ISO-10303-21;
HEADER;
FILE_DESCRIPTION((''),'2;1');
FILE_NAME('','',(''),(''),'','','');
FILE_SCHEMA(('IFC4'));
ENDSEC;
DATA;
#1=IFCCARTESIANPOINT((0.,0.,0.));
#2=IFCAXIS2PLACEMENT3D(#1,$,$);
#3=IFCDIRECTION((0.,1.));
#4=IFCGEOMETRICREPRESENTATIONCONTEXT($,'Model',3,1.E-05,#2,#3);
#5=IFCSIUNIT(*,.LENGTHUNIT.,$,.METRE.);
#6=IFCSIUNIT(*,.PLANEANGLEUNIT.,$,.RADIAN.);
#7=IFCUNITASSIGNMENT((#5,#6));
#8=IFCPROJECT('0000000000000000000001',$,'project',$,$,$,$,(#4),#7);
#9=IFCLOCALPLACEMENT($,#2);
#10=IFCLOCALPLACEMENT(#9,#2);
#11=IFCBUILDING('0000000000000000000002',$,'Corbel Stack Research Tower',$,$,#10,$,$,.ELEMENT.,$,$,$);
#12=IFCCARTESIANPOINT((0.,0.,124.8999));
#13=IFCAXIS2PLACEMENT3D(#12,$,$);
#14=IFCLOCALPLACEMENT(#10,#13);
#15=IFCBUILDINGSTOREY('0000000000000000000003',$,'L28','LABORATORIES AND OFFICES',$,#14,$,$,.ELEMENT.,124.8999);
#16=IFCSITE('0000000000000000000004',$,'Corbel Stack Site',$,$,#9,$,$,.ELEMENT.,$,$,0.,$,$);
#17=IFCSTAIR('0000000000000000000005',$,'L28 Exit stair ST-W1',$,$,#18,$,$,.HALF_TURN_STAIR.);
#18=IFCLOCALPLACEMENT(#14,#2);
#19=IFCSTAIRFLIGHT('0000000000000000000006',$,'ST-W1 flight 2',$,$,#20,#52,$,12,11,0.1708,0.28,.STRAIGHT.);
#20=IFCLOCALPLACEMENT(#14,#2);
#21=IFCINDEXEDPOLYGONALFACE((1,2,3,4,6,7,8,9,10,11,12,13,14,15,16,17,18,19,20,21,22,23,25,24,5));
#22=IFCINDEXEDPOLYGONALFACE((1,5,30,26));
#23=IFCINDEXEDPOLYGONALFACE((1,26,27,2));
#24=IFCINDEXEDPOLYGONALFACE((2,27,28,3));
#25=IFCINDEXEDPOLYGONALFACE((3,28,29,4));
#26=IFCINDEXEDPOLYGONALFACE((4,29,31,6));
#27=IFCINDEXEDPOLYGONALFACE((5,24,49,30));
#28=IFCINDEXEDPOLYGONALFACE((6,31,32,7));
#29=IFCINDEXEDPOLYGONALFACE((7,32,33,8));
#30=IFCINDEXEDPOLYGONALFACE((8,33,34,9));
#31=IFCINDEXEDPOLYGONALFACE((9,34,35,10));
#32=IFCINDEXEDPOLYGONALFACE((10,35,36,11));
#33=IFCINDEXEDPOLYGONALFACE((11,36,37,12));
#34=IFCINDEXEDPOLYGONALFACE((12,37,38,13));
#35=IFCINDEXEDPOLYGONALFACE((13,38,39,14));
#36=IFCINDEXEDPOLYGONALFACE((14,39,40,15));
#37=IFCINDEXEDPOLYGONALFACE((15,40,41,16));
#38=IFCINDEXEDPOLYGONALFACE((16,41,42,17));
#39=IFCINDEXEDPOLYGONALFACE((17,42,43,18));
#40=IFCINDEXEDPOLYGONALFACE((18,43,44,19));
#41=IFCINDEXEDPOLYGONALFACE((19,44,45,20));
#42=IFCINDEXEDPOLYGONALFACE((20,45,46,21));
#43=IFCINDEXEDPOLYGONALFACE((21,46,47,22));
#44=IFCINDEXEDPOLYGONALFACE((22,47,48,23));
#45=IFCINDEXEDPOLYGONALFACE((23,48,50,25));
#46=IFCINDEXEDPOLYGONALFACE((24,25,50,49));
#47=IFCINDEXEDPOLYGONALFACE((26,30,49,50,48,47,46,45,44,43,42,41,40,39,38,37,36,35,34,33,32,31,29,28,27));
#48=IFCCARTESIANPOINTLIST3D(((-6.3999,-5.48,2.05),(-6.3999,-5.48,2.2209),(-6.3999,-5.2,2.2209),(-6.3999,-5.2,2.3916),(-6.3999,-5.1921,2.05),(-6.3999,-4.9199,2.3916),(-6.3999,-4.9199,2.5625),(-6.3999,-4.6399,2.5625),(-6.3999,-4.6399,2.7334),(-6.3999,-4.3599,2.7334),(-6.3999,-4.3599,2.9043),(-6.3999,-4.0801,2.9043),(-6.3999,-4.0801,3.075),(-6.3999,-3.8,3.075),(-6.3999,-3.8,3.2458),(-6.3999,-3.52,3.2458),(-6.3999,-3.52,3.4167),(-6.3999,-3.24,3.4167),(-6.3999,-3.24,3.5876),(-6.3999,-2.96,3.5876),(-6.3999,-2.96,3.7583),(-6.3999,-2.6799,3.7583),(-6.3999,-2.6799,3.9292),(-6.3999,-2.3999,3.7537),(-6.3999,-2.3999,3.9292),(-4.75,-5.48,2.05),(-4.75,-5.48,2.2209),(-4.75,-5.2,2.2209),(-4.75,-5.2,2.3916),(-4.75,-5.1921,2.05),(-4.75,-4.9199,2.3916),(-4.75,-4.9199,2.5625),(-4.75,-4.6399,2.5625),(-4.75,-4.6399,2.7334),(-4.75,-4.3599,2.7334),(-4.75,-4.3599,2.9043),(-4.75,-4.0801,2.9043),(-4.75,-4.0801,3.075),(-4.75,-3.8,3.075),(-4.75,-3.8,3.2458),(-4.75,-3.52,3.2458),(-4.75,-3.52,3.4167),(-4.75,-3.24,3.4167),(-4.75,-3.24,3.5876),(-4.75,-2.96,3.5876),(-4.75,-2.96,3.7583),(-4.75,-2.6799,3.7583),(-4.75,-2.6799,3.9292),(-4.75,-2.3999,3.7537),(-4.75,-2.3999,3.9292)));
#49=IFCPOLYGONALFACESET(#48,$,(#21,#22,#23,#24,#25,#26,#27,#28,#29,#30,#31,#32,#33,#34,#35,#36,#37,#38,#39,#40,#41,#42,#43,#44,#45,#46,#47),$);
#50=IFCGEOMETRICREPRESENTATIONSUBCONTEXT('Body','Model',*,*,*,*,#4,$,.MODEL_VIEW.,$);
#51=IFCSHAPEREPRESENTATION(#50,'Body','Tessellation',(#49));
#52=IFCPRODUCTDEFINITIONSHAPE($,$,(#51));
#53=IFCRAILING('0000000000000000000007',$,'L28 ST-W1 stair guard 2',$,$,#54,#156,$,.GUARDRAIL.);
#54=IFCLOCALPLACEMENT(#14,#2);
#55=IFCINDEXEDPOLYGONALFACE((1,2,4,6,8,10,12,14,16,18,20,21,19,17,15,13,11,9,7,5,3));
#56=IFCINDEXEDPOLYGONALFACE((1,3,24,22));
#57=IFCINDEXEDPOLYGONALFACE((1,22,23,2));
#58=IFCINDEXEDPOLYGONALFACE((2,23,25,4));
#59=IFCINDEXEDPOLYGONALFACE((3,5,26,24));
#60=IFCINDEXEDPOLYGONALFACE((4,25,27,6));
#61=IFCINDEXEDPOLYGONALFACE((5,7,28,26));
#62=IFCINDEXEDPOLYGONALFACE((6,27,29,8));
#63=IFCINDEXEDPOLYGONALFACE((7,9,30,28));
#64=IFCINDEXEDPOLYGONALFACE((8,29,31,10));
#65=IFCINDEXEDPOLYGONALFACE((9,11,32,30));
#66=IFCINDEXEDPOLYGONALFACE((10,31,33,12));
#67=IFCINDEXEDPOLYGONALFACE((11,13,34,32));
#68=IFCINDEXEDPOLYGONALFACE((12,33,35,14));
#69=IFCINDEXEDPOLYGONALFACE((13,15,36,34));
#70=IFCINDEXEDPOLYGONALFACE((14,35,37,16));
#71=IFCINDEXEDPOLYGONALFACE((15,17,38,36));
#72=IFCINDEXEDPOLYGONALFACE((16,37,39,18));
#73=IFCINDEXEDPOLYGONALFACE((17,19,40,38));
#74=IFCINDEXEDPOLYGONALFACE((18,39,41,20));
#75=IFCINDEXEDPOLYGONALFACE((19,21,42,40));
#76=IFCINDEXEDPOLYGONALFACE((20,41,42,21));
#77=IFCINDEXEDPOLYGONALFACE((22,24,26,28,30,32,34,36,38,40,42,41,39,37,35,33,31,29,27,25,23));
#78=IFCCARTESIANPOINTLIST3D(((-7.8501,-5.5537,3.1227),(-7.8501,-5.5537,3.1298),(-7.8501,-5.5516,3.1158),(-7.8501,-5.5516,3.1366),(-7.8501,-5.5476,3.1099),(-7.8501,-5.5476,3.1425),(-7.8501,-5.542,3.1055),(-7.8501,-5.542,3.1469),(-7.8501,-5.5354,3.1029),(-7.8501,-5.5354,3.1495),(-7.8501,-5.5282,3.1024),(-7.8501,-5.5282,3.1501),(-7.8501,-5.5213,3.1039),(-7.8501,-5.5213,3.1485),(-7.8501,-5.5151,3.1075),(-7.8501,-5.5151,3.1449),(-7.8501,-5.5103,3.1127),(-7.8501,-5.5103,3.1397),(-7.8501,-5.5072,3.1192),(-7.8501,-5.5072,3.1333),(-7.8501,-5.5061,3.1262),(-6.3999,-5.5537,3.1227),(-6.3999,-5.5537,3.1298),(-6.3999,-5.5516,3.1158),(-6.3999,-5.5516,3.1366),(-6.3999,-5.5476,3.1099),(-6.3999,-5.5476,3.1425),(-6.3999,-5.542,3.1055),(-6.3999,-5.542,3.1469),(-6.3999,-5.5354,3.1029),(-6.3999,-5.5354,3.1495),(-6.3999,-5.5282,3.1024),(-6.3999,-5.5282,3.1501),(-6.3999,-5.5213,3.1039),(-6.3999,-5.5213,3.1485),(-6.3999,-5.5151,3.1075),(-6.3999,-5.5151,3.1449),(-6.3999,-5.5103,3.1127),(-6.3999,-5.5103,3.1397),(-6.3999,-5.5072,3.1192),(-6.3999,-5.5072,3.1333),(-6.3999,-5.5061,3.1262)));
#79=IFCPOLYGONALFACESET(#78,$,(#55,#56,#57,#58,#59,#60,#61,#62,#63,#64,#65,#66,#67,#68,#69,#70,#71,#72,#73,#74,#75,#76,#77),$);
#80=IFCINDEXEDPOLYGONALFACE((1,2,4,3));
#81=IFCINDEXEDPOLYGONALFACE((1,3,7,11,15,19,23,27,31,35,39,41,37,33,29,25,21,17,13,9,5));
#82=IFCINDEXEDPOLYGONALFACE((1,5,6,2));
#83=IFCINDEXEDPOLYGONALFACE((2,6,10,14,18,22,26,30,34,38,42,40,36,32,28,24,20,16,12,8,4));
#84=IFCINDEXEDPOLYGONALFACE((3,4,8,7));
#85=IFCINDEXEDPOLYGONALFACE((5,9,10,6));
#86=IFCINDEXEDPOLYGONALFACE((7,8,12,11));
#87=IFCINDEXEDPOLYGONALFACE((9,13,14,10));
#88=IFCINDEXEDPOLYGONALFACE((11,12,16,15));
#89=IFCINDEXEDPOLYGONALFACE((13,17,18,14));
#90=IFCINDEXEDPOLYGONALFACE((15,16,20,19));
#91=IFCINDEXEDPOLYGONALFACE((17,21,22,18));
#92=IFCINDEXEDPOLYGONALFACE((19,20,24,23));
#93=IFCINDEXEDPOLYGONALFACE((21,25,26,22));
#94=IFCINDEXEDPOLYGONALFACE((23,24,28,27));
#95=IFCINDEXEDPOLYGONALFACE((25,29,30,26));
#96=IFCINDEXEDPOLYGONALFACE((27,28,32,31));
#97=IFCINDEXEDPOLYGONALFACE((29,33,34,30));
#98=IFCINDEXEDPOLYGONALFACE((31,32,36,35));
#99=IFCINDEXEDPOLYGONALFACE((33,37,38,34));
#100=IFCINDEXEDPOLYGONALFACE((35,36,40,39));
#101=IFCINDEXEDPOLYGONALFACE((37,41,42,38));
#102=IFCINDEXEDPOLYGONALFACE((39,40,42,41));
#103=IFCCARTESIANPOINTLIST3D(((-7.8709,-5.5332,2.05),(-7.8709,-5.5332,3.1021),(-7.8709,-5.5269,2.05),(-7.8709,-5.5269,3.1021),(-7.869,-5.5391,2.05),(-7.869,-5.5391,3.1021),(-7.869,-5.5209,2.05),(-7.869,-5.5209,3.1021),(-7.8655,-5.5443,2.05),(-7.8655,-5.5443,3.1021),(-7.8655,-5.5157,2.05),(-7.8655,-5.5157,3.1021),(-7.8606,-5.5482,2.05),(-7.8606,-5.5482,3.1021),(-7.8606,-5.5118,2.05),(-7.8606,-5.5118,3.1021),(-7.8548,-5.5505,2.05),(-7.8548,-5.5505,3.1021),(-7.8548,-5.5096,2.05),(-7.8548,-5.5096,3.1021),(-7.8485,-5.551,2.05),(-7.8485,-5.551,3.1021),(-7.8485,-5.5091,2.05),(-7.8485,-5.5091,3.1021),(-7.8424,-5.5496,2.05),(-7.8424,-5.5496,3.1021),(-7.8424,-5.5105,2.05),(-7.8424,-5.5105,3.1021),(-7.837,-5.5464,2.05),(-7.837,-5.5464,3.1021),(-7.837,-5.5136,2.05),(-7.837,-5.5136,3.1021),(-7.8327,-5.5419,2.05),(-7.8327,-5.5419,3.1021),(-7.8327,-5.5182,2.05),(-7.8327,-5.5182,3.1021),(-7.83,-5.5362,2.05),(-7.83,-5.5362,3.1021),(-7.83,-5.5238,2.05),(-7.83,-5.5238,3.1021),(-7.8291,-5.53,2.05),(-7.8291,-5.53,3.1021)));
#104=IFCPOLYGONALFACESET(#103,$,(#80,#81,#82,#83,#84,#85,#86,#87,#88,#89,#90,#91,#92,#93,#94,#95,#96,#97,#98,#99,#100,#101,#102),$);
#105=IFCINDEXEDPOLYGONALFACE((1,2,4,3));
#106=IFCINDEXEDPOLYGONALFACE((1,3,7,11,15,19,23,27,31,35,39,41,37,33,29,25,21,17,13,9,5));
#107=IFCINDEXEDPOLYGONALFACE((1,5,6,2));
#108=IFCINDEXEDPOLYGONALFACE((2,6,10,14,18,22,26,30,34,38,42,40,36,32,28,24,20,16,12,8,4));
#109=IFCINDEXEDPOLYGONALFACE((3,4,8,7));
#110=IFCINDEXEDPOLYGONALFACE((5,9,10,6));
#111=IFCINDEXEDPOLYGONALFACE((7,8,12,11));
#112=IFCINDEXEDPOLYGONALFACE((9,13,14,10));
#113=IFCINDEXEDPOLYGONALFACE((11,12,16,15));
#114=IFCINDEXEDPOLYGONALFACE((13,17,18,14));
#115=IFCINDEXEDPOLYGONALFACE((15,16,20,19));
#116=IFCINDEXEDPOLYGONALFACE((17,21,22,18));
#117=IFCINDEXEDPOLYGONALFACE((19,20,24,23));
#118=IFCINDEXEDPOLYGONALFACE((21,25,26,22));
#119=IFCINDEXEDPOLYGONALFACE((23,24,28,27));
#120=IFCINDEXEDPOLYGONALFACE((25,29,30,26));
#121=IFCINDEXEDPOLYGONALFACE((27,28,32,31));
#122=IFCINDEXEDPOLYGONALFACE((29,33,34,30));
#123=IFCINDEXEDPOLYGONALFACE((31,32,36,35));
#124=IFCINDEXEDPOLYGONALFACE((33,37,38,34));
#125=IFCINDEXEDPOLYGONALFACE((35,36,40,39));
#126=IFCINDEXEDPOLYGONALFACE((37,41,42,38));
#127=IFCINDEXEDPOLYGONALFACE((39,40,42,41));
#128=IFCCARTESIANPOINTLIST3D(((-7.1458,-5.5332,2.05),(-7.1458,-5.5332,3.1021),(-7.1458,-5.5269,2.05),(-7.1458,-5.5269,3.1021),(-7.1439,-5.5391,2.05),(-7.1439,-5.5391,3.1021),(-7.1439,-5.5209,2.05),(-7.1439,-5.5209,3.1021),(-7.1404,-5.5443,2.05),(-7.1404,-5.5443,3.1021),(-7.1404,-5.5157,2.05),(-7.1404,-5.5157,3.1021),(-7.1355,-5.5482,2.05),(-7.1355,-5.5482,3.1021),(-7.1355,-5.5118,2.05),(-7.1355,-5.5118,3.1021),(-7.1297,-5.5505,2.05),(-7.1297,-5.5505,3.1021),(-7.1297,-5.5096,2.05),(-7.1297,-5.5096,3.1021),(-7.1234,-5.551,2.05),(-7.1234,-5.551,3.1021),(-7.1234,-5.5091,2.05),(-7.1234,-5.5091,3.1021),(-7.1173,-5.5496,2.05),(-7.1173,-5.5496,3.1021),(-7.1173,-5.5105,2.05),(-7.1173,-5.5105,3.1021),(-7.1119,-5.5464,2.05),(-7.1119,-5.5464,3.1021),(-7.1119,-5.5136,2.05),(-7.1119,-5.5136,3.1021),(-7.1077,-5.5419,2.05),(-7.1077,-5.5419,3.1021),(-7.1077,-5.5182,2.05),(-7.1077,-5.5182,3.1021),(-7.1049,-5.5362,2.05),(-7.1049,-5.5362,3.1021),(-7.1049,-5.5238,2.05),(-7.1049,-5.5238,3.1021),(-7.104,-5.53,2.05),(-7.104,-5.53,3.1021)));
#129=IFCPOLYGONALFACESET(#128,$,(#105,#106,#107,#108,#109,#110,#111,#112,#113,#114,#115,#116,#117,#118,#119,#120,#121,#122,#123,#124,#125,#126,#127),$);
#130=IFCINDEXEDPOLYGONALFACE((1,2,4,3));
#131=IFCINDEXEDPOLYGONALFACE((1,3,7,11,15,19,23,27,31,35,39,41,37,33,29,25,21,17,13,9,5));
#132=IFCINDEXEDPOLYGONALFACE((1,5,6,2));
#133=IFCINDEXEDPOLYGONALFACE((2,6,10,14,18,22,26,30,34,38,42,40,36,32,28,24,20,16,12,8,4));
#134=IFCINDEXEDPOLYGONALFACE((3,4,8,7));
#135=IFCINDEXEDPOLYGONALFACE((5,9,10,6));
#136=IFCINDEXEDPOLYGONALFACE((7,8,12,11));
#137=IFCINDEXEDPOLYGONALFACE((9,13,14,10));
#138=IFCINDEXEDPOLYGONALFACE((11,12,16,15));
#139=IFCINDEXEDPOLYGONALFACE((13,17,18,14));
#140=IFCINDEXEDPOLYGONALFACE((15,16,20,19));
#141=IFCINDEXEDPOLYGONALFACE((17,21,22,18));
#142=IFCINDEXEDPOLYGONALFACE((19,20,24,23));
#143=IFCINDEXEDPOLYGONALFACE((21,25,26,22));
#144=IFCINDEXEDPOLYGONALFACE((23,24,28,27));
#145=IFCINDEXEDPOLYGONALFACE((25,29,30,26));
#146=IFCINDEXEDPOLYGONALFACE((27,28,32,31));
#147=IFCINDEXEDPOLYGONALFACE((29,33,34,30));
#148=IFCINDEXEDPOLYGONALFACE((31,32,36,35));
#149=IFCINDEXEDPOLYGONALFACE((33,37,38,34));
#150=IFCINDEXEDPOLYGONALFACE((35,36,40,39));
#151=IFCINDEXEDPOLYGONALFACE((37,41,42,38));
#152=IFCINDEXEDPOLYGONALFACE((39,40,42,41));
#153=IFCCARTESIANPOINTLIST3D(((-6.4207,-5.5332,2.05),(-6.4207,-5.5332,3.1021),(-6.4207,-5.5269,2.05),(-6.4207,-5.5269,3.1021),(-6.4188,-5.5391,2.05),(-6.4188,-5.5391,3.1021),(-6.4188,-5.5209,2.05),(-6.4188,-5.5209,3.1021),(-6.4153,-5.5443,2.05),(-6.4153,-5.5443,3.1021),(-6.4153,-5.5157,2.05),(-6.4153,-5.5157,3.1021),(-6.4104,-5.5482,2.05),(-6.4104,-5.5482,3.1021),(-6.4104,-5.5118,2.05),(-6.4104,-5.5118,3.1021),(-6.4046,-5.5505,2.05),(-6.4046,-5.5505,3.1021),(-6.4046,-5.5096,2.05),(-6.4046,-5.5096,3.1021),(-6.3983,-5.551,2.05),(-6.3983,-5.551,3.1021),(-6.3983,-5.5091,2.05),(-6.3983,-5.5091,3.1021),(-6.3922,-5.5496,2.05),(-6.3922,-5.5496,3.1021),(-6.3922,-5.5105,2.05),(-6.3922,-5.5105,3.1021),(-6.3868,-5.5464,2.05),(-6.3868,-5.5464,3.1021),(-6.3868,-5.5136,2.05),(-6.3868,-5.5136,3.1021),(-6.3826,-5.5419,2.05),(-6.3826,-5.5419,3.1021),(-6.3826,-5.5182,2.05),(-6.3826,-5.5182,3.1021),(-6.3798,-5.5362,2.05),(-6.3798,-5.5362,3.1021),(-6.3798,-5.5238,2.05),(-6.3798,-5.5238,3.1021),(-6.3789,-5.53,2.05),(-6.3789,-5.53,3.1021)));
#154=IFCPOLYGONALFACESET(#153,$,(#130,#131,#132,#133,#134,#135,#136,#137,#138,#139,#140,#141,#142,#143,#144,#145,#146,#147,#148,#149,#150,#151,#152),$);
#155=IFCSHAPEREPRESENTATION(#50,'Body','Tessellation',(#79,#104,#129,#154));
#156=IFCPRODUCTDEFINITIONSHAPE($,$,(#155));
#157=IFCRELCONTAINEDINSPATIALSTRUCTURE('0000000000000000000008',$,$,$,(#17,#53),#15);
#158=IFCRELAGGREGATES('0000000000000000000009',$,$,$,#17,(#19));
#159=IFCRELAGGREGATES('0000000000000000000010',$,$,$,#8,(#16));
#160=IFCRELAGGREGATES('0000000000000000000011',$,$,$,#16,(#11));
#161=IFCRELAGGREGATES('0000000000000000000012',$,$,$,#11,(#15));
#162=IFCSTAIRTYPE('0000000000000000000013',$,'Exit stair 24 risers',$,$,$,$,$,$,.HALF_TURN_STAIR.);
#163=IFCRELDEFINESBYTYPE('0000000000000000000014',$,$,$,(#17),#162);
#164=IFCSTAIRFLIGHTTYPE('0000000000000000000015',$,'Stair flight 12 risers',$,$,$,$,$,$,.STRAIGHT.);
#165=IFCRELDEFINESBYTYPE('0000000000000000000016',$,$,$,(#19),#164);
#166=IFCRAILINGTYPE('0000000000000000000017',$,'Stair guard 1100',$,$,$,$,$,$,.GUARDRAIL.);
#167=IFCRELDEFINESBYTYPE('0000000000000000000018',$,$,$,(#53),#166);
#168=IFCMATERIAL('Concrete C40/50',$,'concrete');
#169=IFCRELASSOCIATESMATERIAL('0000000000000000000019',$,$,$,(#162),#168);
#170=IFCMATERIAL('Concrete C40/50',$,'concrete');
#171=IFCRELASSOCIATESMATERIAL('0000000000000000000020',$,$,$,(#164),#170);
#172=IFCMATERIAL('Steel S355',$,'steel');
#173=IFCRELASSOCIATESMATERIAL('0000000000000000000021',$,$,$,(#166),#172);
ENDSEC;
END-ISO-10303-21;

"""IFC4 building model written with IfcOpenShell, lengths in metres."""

from ifc_helpers import new_model, si_unit, direction, frame, origin, origin_2d, place, context, subcontext, project, spatial, polyline, circle, outline, extrude, material, type_object, element, aggregate, save


model = new_model("IFC4")

# Units and contexts
model_context = context("Model", 3, precision=1e-05, world=origin(), true_north=direction((0.0, 1.0)))
body_context = subcontext(model_context, "Body", "Model", "MODEL_VIEW")
ifc_project = project(units=[si_unit("LENGTHUNIT", "METRE"), si_unit("PLANEANGLEUNIT", "RADIAN")], contexts=[model_context])

# Site, building, storey
site_placement = place(None, origin())
site = spatial("IfcSite", under=ifc_project, at=site_placement, Name="Corbel Stack Site", CompositionType="ELEMENT", RefElevation=0.0)
building_placement = place(site_placement, origin())
building = spatial("IfcBuilding", under=site, at=building_placement, Name="Corbel Stack Research Tower", CompositionType="ELEMENT")
storey_placement = place(building_placement, frame((0.0, 0.0, 124.8999)))
storey = spatial("IfcBuildingStorey", under=building, at=storey_placement, Name="L28", Description="LABORATORIES AND OFFICES", CompositionType="ELEMENT", Elevation=124.8999)

# Stair, stair flight
ifc_material_1 = material(Name="Concrete C40/50", Category="concrete")
stair_type = type_object("IfcStairType", Name="Exit stair 24 risers", PredefinedType="HALF_TURN_STAIR", material=ifc_material_1)
stair_placement = place(storey_placement, origin())
stair = element("IfcStair", 1, at=stair_placement, inside=storey, type_object=stair_type, Name="L28 Exit stair ST-W1", PredefinedType="HALF_TURN_STAIR")
ifc_material_2 = material(Name="Concrete C40/50", Category="concrete")
stair_flight_type = type_object("IfcStairFlightType", Name="Stair flight 12 risers", PredefinedType="STRAIGHT", material=ifc_material_2)
stair_flight_placement = place(storey_placement, frame((-5.575, -5.48, 2.05), z_axis=(0.0, 0.0, 1.0), x_axis=(0.0, 1.0, 0.0)))
stair_flight = element("IfcStairFlight", 2, at=stair_flight_placement, type_object=stair_flight_type, Name="ST-W1 flight 2", NumberOfRisers=12, NumberOfTreads=11, PredefinedType="STRAIGHT", RiserHeight=0.1708, TreadLength=0.28, context=body_context, shape_type="SweptSolid", body=[
    extrude(outline(polyline([(0.0, 0.0), (0.0, 0.1709), (0.28, 0.1709), (0.28, 0.3416), (0.5601, 0.3416), (0.5601, 0.5125), (0.8401, 0.5125), (0.8401, 0.6833), (1.1201, 0.6833), (1.1201, 0.8542), (1.3999, 0.8542), (1.3999, 1.0249), (1.6799, 1.0249), (1.6799, 1.1958), (1.96, 1.1958), (1.96, 1.3667), (2.24, 1.3667), (2.24, 1.5376), (2.52, 1.5376), (2.52, 1.7083), (2.8, 1.7083), (2.8, 1.8792), (3.0801, 1.8792), (3.0801, 2.05), (3.0801, 1.7036), (0.2878, 0.0), (0.0, 0.0)])), frame((0.0, 0.825, 0.0), z_axis=(0.0, -1.0, 0.0), x_axis=(1.0, 0.0, 0.0)), (0.0, 0.0, 1.0), 1.6499),
])
aggregate(stair, [stair_flight])

# Railing
ifc_material_3 = material(Name="Steel S355", Category="steel")
railing_type_1 = type_object("IfcRailingType", Name="Stair guard 1100", PredefinedType="GUARDRAIL", material=ifc_material_3)
railing_1_placement = place(storey_placement, frame((-7.8501, -5.53, 2.05)))
element("IfcRailing", 3, at=railing_1_placement, inside=storey, type_object=railing_type_1, Name="L28 ST-W1 stair guard 2", PredefinedType="GUARDRAIL", context=body_context, shape_type="SweptSolid", body=[
    extrude(circle(Radius=0.0239, at=origin_2d()), frame((0.0, 0.0, 1.0762), z_axis=(1.0, 0.0, 0.0), x_axis=(0.0, 1.0, 0.0)), (0.0, 0.0, 1.0), 1.4502),
    extrude(circle(Radius=0.021, at=origin_2d()), origin(), (0.0, 0.0, 1.0), 1.052),
    extrude(circle(Radius=0.021, at=origin_2d()), frame((0.7251, 0.0, 0.0)), (0.0, 0.0, 1.0), 1.052),
    extrude(circle(Radius=0.021, at=origin_2d()), frame((1.4502, 0.0, 0.0)), (0.0, 0.0, 1.0), 1.052),
])

save(model, "model.ifc")
